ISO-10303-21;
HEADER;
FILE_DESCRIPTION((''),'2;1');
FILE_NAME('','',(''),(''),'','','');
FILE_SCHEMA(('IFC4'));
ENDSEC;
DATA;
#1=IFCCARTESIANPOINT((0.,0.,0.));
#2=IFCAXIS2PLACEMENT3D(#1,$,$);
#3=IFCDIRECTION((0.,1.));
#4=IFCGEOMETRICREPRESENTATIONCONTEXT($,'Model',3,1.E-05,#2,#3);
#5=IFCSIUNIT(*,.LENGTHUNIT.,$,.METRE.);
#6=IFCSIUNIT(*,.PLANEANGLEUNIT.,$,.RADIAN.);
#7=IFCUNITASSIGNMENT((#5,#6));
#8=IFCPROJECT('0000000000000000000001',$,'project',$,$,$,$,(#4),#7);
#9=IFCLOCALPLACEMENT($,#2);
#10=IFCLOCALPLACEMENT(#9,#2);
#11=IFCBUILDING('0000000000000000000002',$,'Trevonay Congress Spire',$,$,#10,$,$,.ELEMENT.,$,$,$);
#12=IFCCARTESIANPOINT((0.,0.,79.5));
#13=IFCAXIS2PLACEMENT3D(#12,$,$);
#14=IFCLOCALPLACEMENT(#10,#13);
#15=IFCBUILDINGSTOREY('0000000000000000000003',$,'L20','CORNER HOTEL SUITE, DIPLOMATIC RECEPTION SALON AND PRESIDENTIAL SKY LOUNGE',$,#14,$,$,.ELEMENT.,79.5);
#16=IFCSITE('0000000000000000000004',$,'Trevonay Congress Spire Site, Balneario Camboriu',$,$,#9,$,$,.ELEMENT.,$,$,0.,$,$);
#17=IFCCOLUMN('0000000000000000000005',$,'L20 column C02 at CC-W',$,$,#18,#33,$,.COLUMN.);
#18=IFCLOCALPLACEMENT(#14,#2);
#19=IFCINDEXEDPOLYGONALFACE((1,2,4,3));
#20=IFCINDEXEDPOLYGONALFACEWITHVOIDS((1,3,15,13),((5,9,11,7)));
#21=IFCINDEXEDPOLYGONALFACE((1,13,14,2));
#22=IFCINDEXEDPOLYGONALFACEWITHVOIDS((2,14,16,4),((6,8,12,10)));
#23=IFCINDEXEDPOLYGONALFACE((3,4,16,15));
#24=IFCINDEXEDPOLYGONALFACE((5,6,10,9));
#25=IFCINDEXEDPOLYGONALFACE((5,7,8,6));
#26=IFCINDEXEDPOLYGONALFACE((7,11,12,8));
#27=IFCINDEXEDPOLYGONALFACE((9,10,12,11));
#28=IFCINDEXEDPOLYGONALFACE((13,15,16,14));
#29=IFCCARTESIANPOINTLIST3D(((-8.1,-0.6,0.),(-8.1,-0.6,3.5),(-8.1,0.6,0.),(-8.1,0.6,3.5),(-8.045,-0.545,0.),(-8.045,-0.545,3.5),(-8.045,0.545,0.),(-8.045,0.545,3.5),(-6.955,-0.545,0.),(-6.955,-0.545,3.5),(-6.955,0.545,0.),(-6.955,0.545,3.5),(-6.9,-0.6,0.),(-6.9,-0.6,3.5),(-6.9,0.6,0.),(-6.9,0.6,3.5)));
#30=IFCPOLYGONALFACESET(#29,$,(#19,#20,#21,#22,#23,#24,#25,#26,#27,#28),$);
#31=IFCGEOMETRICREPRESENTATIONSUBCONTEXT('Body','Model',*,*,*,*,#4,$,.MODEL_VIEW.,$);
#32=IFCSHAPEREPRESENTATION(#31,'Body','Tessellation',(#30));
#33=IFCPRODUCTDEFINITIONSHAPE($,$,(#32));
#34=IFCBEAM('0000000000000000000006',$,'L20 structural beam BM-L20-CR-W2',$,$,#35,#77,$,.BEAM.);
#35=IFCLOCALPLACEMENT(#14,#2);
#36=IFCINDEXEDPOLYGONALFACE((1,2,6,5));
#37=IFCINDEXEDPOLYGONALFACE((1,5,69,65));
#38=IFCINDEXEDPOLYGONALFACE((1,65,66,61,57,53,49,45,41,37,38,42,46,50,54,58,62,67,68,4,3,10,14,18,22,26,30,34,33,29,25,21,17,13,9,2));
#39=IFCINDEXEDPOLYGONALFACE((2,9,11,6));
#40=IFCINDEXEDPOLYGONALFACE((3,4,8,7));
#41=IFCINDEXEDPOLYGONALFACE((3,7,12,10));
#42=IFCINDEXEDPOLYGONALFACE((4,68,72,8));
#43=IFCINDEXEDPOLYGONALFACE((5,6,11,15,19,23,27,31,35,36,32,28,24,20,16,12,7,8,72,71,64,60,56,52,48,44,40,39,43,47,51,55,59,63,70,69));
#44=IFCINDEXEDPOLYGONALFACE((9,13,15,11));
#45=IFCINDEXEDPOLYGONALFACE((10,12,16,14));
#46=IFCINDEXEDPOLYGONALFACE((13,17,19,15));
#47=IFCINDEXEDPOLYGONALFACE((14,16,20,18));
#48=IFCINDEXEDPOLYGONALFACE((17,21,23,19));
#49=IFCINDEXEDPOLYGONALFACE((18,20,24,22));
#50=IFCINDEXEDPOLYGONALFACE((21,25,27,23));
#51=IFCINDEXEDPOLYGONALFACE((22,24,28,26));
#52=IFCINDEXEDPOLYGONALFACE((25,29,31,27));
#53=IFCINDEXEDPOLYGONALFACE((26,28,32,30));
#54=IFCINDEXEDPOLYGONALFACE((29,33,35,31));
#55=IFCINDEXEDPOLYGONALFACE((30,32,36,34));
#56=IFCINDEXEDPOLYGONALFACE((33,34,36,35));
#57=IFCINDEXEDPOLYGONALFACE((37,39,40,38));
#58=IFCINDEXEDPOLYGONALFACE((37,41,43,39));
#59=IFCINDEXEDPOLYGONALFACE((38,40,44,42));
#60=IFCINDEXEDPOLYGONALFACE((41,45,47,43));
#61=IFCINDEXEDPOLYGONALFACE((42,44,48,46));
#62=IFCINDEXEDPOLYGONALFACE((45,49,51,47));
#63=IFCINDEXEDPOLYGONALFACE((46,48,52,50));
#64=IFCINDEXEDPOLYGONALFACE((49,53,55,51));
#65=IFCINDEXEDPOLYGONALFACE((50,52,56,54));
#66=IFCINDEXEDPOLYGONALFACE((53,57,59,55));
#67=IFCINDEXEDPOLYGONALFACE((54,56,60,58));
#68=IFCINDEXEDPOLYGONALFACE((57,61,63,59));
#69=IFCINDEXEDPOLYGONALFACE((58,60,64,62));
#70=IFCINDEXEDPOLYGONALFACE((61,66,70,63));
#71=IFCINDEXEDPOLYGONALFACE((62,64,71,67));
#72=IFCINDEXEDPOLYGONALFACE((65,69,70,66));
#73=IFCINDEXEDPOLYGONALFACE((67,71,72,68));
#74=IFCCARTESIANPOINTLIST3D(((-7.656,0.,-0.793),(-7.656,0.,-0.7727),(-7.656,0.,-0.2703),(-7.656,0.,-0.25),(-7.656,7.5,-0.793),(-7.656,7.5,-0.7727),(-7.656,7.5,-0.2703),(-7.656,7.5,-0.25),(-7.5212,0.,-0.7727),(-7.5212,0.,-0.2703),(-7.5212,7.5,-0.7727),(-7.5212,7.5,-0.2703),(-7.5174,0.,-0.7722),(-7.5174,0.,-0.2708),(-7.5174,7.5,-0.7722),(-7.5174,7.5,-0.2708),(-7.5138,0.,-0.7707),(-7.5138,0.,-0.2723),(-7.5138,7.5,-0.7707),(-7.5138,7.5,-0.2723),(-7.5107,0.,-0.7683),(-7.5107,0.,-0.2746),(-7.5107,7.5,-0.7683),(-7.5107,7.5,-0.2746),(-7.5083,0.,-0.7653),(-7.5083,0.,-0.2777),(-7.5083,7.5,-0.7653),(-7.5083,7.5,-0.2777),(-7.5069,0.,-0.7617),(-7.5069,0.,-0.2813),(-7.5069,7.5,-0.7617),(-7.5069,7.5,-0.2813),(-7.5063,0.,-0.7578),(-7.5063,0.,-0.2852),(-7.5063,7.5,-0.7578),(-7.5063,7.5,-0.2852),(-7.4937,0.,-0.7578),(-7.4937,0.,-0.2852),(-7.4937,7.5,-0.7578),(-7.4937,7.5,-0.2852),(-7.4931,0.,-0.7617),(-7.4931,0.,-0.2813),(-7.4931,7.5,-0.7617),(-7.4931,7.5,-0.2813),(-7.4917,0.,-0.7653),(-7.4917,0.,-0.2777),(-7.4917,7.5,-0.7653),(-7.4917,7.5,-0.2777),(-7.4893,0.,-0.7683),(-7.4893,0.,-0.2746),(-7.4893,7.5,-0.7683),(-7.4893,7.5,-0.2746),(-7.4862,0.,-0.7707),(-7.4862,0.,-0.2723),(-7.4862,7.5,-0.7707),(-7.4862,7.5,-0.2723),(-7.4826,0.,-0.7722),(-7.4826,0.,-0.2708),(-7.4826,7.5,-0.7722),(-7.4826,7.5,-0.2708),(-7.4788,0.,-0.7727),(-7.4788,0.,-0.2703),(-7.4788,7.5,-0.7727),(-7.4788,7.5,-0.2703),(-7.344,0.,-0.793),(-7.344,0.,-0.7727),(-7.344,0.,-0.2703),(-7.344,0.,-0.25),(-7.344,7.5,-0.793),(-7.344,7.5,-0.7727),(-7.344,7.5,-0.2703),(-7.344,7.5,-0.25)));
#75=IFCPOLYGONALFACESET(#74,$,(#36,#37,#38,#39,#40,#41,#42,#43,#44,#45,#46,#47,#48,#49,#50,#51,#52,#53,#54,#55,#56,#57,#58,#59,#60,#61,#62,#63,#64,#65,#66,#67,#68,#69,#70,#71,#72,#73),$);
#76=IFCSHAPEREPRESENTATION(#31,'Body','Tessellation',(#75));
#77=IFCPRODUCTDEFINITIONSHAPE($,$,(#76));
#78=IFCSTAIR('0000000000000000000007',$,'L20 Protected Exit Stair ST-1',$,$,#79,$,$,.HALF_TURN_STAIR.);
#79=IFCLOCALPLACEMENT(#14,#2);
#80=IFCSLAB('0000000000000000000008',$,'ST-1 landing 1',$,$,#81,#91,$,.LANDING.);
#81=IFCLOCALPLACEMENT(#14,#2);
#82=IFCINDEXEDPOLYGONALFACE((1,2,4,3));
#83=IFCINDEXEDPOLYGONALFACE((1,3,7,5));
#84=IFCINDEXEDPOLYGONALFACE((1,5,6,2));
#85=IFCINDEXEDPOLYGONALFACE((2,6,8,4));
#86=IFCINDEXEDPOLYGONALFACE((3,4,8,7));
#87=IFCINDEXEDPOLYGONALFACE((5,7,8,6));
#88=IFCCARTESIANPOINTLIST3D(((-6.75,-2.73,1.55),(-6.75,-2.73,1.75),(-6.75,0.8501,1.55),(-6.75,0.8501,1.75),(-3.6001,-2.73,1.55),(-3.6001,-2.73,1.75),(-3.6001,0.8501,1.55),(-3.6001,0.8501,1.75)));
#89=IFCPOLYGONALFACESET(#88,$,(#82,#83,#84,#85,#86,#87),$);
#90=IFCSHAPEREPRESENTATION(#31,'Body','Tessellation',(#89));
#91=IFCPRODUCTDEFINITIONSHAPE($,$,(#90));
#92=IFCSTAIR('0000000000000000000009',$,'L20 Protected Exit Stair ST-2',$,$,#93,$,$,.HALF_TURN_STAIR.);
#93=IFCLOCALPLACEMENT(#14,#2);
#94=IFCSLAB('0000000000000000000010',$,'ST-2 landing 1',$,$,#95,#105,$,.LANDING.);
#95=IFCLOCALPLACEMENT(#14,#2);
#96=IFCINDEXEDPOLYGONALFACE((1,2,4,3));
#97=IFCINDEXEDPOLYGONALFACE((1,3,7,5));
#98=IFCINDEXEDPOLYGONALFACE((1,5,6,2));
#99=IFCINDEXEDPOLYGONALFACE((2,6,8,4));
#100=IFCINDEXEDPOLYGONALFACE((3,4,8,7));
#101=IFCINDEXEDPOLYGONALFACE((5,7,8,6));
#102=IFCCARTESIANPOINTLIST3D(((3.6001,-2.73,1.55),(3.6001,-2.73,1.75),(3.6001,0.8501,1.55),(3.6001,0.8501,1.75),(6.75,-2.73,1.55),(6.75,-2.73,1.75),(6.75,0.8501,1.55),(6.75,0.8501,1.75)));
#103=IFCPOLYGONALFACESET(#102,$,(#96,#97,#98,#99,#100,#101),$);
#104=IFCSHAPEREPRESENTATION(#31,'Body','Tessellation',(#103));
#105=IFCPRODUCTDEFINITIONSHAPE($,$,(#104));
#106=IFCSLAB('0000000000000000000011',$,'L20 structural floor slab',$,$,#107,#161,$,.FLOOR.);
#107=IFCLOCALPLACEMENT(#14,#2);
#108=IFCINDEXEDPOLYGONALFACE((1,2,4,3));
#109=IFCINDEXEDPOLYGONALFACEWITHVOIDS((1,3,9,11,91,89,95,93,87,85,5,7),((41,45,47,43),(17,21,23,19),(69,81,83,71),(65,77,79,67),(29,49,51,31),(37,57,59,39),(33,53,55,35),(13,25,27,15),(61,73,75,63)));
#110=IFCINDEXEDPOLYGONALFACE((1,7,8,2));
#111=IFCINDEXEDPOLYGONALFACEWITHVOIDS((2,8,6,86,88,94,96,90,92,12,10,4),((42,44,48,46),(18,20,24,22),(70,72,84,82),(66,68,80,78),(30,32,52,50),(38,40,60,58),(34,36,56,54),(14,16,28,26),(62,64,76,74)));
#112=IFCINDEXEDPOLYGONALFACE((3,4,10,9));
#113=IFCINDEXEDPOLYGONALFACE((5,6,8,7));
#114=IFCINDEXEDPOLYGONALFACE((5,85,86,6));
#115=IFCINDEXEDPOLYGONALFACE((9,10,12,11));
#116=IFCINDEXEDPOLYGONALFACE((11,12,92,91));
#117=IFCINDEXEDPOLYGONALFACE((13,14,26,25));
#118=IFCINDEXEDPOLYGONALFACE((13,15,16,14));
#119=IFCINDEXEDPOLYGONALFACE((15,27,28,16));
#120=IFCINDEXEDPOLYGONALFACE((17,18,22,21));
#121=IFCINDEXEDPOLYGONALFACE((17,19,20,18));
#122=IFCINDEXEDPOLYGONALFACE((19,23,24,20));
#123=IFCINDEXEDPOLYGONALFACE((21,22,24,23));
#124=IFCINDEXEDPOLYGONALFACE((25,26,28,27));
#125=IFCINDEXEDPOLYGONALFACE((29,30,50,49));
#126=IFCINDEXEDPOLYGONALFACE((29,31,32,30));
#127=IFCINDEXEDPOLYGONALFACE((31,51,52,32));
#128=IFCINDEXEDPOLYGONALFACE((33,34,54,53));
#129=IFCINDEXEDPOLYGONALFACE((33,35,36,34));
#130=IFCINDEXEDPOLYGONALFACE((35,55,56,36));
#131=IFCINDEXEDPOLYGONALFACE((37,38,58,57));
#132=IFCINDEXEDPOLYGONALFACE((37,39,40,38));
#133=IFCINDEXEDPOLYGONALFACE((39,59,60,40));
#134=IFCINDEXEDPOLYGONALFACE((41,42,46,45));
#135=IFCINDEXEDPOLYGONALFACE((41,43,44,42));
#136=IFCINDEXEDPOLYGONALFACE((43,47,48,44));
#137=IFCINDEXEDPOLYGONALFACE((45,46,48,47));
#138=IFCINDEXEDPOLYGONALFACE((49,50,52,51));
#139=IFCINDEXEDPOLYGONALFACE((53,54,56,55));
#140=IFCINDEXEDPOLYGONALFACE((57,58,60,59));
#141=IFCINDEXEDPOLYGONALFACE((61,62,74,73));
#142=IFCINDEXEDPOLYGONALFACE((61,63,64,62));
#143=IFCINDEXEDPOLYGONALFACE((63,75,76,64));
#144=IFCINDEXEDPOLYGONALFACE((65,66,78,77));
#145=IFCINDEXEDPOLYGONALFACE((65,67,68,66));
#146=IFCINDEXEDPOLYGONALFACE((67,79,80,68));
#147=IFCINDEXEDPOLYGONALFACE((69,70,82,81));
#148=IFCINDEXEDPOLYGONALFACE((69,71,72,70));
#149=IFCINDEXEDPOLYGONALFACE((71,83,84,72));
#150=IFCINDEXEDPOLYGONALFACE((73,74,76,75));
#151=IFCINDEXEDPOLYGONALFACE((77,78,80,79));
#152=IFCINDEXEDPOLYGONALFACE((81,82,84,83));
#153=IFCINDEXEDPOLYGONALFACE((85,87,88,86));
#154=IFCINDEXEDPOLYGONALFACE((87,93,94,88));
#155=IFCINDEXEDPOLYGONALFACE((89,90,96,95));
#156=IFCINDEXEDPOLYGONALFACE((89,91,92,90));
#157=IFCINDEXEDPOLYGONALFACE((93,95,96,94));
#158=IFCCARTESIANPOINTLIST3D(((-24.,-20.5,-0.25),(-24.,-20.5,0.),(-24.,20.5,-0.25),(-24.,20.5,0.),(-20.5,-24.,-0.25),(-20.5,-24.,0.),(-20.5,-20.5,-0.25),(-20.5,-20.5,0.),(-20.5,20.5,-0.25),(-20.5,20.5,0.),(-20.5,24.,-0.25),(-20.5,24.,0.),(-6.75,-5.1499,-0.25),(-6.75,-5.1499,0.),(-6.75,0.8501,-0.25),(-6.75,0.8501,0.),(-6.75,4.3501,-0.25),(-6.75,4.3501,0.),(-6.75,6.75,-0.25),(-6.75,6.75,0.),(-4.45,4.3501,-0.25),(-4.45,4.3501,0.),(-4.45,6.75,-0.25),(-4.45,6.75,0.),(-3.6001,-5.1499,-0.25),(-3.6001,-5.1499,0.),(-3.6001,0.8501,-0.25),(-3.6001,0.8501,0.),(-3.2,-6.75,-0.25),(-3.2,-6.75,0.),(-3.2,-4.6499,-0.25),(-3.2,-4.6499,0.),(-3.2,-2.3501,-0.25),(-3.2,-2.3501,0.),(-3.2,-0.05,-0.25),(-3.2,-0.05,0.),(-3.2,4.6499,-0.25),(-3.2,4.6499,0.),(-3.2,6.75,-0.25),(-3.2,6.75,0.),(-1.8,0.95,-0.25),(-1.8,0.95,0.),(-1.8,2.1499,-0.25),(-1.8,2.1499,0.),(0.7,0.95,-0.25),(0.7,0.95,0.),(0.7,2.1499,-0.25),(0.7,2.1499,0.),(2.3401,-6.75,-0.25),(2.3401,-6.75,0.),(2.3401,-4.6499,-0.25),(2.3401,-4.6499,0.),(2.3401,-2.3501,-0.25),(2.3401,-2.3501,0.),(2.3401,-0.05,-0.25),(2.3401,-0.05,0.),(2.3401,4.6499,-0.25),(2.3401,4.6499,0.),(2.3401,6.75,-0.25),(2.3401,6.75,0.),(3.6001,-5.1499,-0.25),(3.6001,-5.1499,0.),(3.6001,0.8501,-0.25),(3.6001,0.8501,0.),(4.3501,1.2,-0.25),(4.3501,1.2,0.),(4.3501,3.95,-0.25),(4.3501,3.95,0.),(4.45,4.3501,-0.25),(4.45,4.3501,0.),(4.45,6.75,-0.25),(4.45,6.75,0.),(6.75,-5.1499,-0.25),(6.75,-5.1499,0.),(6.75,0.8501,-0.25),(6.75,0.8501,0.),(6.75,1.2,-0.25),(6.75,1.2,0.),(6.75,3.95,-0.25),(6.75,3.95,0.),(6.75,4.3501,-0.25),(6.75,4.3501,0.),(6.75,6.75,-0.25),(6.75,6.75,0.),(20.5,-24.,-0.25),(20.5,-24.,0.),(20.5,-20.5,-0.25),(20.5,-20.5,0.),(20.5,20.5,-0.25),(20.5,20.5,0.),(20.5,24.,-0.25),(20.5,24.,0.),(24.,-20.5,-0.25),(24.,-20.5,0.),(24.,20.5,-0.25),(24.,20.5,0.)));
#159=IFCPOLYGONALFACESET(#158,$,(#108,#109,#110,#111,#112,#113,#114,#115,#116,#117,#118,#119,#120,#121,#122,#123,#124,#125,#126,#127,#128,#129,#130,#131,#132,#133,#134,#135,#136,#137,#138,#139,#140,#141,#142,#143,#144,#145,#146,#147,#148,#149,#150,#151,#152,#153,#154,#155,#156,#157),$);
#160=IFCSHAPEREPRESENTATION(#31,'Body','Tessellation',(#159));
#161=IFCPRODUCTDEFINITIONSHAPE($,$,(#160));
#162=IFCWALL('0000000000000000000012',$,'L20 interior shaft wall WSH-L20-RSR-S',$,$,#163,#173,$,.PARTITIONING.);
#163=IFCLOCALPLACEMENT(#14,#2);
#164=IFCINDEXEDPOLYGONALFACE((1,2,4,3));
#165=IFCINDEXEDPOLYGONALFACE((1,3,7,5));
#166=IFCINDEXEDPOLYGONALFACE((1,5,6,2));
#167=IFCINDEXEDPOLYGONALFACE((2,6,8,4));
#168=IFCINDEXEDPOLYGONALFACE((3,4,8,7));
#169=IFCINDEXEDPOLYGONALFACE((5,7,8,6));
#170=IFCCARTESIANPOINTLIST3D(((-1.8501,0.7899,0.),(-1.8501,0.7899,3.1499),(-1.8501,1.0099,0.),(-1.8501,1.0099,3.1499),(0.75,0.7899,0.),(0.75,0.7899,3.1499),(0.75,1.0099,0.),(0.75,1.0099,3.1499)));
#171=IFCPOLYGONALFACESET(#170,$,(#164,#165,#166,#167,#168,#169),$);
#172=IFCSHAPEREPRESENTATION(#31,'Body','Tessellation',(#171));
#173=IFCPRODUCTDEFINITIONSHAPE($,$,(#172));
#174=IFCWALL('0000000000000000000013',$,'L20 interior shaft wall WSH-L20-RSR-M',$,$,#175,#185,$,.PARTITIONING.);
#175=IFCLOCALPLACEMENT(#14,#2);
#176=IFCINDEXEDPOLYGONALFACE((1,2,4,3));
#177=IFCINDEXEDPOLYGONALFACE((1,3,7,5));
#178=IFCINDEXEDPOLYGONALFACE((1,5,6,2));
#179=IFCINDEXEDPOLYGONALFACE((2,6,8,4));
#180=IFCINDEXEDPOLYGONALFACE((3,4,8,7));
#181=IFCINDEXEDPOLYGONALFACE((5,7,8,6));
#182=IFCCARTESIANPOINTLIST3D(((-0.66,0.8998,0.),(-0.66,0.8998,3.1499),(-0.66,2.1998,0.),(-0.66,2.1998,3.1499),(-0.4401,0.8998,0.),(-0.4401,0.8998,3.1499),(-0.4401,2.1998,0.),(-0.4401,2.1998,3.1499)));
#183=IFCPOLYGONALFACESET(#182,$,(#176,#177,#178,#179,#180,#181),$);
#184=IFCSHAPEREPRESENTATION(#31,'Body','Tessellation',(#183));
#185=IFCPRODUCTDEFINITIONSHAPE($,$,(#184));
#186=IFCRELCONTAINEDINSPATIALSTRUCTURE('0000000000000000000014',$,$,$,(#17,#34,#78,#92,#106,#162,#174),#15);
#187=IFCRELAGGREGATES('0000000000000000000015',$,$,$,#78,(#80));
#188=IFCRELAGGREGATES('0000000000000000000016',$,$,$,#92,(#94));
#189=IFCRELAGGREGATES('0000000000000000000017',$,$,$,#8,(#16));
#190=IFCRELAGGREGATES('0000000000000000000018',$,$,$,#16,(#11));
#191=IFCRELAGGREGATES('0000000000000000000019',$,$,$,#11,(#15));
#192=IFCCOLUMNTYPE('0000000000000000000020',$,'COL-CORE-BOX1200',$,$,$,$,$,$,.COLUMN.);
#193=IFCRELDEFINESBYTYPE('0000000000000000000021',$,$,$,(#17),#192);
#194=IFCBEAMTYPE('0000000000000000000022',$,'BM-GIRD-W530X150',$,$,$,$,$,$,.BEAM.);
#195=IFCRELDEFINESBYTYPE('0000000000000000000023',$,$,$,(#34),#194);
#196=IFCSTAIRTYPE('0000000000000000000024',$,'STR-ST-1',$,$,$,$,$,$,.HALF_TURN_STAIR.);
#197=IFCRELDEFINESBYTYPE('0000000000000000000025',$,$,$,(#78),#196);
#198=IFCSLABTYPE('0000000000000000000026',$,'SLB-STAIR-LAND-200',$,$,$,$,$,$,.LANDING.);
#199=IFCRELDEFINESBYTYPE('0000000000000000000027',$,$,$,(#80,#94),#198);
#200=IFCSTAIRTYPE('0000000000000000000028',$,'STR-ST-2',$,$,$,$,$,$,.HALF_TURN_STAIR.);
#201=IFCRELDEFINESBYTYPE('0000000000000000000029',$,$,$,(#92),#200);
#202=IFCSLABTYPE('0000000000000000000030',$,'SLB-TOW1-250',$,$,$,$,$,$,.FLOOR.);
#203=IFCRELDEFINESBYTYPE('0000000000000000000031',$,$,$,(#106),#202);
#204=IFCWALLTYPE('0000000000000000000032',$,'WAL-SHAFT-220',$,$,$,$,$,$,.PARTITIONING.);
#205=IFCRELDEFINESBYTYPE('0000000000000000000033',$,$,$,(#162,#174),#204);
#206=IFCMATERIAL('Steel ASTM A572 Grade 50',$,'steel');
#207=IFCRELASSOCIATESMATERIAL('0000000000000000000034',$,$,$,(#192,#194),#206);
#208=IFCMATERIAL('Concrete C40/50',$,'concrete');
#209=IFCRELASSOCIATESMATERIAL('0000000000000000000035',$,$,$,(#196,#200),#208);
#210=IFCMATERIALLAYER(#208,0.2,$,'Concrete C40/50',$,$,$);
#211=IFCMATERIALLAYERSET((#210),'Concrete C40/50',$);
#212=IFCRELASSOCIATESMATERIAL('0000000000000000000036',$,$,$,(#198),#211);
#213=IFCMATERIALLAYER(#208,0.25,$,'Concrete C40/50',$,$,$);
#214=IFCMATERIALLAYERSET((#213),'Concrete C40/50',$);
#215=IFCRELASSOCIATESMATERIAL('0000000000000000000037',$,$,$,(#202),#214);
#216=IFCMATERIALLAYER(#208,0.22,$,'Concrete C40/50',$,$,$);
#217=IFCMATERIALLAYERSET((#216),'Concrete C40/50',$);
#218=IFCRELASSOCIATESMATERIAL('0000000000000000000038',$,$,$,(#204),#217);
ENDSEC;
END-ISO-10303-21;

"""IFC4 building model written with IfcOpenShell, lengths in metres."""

from ifc_helpers import new_model, si_unit, direction, frame, frame_2d, origin, origin_2d, place, context, subcontext, project, spatial, polyline, rectangle, hollow_rectangle, i_section, outline, extrude, material, layer, layer_set, material_profile, profile_set, type_object, element, aggregate, save


model = new_model("IFC4")

# Units and contexts
model_context = context("Model", 3, precision=1e-05, world=origin(), true_north=direction((0.0, 1.0)))
body_context = subcontext(model_context, "Body", "Model", "MODEL_VIEW")
ifc_project = project(units=[si_unit("LENGTHUNIT", "METRE"), si_unit("PLANEANGLEUNIT", "RADIAN")], contexts=[model_context])

# Site, building, storey
site_placement = place(None, origin())
site = spatial("IfcSite", under=ifc_project, at=site_placement, Name="Trevonay Congress Spire Site, Balneario Camboriu", CompositionType="ELEMENT", RefElevation=0.0)
building_placement = place(site_placement, origin())
building = spatial("IfcBuilding", under=site, at=building_placement, Name="Trevonay Congress Spire", CompositionType="ELEMENT")
storey_placement = place(building_placement, frame((0.0, 0.0, 79.5)))
storey = spatial("IfcBuildingStorey", under=building, at=storey_placement, Name="L20", Description="CORNER HOTEL SUITE, DIPLOMATIC RECEPTION SALON AND PRESIDENTIAL SKY LOUNGE", CompositionType="ELEMENT", Elevation=79.5)

# Column
ifc_material_1 = material(Name="Steel ASTM A572 Grade 50", Category="steel")
ifc_material_profile_1 = material_profile(ifc_material_1, hollow_rectangle(XDim=1.2, YDim=1.2, WallThickness=0.0549, at=origin_2d()), Name="BOX 1200x1200x55")
ifc_profile_set_1 = profile_set([ifc_material_profile_1], Name="Steel ASTM A572 Grade 50")
column_type = type_object("IfcColumnType", Name="COL-CORE-BOX1200", PredefinedType="COLUMN", material=ifc_profile_set_1)
column_placement = place(storey_placement, frame((-7.5, 0.0, 0.0), z_axis=(0.0, 0.0, 1.0), x_axis=(1.0, 0.0, 0.0)))
element("IfcColumn", 1, at=column_placement, inside=storey, type_object=column_type, Name="L20 column C02 at CC-W", PredefinedType="COLUMN", context=body_context, shape_type="SweptSolid", body=[
    extrude(hollow_rectangle(XDim=1.2, YDim=1.2, WallThickness=0.0549, at=origin_2d()), origin(), (0.0, 0.0, 1.0), 3.5),
])

# Beam
ifc_material_profile_2 = material_profile(ifc_material_1, i_section(OverallWidth=0.312, OverallDepth=0.543, WebThickness=0.0127, FlangeThickness=0.0203, FilletRadius=0.0149, at=origin_2d()), Name="W530x150")
ifc_profile_set_2 = profile_set([ifc_material_profile_2], Name="Steel ASTM A572 Grade 50")
beam_type = type_object("IfcBeamType", Name="BM-GIRD-W530X150", PredefinedType="BEAM", material=ifc_profile_set_2)
beam_placement = place(storey_placement, frame((-7.5, 0.0, -0.5215), z_axis=(0.0, 1.0, 0.0), x_axis=(-1.0, 0.0, 0.0)))
element("IfcBeam", 2, at=beam_placement, inside=storey, type_object=beam_type, Name="L20 structural beam BM-L20-CR-W2", PredefinedType="BEAM", context=body_context, shape_type="SweptSolid", body=[
    extrude(i_section(OverallWidth=0.312, OverallDepth=0.543, WebThickness=0.0127, FlangeThickness=0.0203, FilletRadius=0.0149, at=origin_2d()), origin(), (0.0, 0.0, 1.0), 7.5),
])

# Stairs, slabs
ifc_material_2 = material(Name="Concrete C40/50", Category="concrete")
stair_type_1 = type_object("IfcStairType", Name="STR-ST-1", PredefinedType="HALF_TURN_STAIR", material=ifc_material_2)
stair_1_placement = place(storey_placement, origin())
stair_1 = element("IfcStair", 3, at=stair_1_placement, inside=storey, type_object=stair_type_1, Name="L20 Protected Exit Stair ST-1", PredefinedType="HALF_TURN_STAIR")
ifc_layer_1 = layer(ifc_material_2, 0.2, Name="Concrete C40/50")
ifc_layer_set_1 = layer_set([ifc_layer_1], Name="Concrete C40/50")
slab_type_1 = type_object("IfcSlabType", Name="SLB-STAIR-LAND-200", PredefinedType="LANDING", material=ifc_layer_set_1)
slab_1_placement = place(storey_placement, frame((0.0, 0.0, 1.55)))
slab_1 = element("IfcSlab", 4, at=slab_1_placement, type_object=slab_type_1, Name="ST-1 landing 1", PredefinedType="LANDING", context=body_context, shape_type="SweptSolid", body=[
    extrude(outline(polyline([(-3.6001, -2.73), (-3.6001, 0.8501), (-6.75, 0.8501), (-6.75, -2.73), (-3.6001, -2.73)])), origin(), (0.0, 0.0, 1.0), 0.2),
])
aggregate(stair_1, [slab_1])
stair_type_2 = type_object("IfcStairType", Name="STR-ST-2", PredefinedType="HALF_TURN_STAIR", material=ifc_material_2)
stair_2_placement = place(storey_placement, origin())
stair_2 = element("IfcStair", 5, at=stair_2_placement, inside=storey, type_object=stair_type_2, Name="L20 Protected Exit Stair ST-2", PredefinedType="HALF_TURN_STAIR")
slab_2_placement = place(storey_placement, frame((0.0, 0.0, 1.55)))
slab_2 = element("IfcSlab", 6, at=slab_2_placement, type_object=slab_type_1, Name="ST-2 landing 1", PredefinedType="LANDING", context=body_context, shape_type="SweptSolid", body=[
    extrude(outline(polyline([(6.75, -2.73), (6.75, 0.8501), (3.6001, 0.8501), (3.6001, -2.73), (6.75, -2.73)])), origin(), (0.0, 0.0, 1.0), 0.2),
])
aggregate(stair_2, [slab_2])

# Slab
ifc_layer_2 = layer(ifc_material_2, 0.25, Name="Concrete C40/50")
ifc_layer_set_2 = layer_set([ifc_layer_2], Name="Concrete C40/50")
slab_type_2 = type_object("IfcSlabType", Name="SLB-TOW1-250", PredefinedType="FLOOR", material=ifc_layer_set_2)
slab_3_placement = place(storey_placement, frame((0.0, 0.0, -0.25)))
element("IfcSlab", 7, at=slab_3_placement, inside=storey, type_object=slab_type_2, Name="L20 structural floor slab", PredefinedType="FLOOR", context=body_context, shape_type="SweptSolid", body=[
    extrude(outline(polyline([(-20.5, -24.0), (20.5, -24.0), (20.5, -20.5), (24.0, -20.5), (24.0, 20.5), (20.5, 20.5), (20.5, 24.0), (-20.5, 24.0), (-20.5, 20.5), (-24.0, 20.5), (-24.0, -20.5), (-20.5, -20.5), (-20.5, -24.0)]), holes=[polyline([(-3.6001, -5.1499), (-3.6001, 0.8501), (-6.75, 0.8501), (-6.75, -5.1499), (-3.6001, -5.1499)]), polyline([(6.75, -5.1499), (6.75, 0.8501), (3.6001, 0.8501), (3.6001, -5.1499), (6.75, -5.1499)]), polyline([(-3.2, -6.75), (2.3401, -6.75), (2.3401, -4.6499), (-3.2, -4.6499), (-3.2, -6.75)]), polyline([(-3.2, -2.3501), (2.3401, -2.3501), (2.3401, -0.05), (-3.2, -0.05), (-3.2, -2.3501)]), polyline([(-3.2, 4.6499), (2.3401, 4.6499), (2.3401, 6.75), (-3.2, 6.75), (-3.2, 4.6499)]), polyline([(-6.75, 4.3501), (-4.45, 4.3501), (-4.45, 6.75), (-6.75, 6.75), (-6.75, 4.3501)]), polyline([(4.45, 4.3501), (6.75, 4.3501), (6.75, 6.75), (4.45, 6.75), (4.45, 4.3501)]), polyline([(4.3501, 1.2), (6.75, 1.2), (6.75, 3.95), (4.3501, 3.95), (4.3501, 1.2)]), polyline([(-1.8, 0.95), (0.7, 0.95), (0.7, 2.1499), (-1.8, 2.1499), (-1.8, 0.95)])]), origin(), (0.0, 0.0, 1.0), 0.25),
])

# Walls
ifc_layer_3 = layer(ifc_material_2, 0.22, Name="Concrete C40/50")
ifc_layer_set_3 = layer_set([ifc_layer_3], Name="Concrete C40/50")
wall_type_1 = type_object("IfcWallType", Name="WAL-SHAFT-220", PredefinedType="PARTITIONING", material=ifc_layer_set_3)
wall_1_placement = place(storey_placement, frame((-1.8501, 0.8999, 0.0), z_axis=(0.0, 0.0, 1.0), x_axis=(1.0, 0.0, 0.0)))
element("IfcWall", 8, at=wall_1_placement, inside=storey, type_object=wall_type_1, Name="L20 interior shaft wall WSH-L20-RSR-S", PredefinedType="PARTITIONING", context=body_context, shape_type="SweptSolid", body=[
    extrude(rectangle(XDim=2.6001, YDim=0.22, at=frame_2d((1.3, 0.0))), origin(), (0.0, 0.0, 1.0), 3.1499),
])
for number, where, z_axis, x_axis, name in (
    (9, (-0.55, 0.8999, 0.0), (0.0, 0.0, 1.0), (0.0, 1.0, 0.0), "L20 interior shaft wall WSH-L20-RSR-M"),
):
    element("IfcWall", number, at=place(storey_placement, frame(where, z_axis=z_axis, x_axis=x_axis)), inside=storey, type_object=wall_type_1, Name=name, PredefinedType="PARTITIONING", context=body_context, shape_type="SweptSolid", body=[
        extrude(rectangle(XDim=1.3, YDim=0.22, at=frame_2d((0.6499, 0.0))), origin(), (0.0, 0.0, 1.0), 3.1499),
    ])

save(model, "model.ifc")
